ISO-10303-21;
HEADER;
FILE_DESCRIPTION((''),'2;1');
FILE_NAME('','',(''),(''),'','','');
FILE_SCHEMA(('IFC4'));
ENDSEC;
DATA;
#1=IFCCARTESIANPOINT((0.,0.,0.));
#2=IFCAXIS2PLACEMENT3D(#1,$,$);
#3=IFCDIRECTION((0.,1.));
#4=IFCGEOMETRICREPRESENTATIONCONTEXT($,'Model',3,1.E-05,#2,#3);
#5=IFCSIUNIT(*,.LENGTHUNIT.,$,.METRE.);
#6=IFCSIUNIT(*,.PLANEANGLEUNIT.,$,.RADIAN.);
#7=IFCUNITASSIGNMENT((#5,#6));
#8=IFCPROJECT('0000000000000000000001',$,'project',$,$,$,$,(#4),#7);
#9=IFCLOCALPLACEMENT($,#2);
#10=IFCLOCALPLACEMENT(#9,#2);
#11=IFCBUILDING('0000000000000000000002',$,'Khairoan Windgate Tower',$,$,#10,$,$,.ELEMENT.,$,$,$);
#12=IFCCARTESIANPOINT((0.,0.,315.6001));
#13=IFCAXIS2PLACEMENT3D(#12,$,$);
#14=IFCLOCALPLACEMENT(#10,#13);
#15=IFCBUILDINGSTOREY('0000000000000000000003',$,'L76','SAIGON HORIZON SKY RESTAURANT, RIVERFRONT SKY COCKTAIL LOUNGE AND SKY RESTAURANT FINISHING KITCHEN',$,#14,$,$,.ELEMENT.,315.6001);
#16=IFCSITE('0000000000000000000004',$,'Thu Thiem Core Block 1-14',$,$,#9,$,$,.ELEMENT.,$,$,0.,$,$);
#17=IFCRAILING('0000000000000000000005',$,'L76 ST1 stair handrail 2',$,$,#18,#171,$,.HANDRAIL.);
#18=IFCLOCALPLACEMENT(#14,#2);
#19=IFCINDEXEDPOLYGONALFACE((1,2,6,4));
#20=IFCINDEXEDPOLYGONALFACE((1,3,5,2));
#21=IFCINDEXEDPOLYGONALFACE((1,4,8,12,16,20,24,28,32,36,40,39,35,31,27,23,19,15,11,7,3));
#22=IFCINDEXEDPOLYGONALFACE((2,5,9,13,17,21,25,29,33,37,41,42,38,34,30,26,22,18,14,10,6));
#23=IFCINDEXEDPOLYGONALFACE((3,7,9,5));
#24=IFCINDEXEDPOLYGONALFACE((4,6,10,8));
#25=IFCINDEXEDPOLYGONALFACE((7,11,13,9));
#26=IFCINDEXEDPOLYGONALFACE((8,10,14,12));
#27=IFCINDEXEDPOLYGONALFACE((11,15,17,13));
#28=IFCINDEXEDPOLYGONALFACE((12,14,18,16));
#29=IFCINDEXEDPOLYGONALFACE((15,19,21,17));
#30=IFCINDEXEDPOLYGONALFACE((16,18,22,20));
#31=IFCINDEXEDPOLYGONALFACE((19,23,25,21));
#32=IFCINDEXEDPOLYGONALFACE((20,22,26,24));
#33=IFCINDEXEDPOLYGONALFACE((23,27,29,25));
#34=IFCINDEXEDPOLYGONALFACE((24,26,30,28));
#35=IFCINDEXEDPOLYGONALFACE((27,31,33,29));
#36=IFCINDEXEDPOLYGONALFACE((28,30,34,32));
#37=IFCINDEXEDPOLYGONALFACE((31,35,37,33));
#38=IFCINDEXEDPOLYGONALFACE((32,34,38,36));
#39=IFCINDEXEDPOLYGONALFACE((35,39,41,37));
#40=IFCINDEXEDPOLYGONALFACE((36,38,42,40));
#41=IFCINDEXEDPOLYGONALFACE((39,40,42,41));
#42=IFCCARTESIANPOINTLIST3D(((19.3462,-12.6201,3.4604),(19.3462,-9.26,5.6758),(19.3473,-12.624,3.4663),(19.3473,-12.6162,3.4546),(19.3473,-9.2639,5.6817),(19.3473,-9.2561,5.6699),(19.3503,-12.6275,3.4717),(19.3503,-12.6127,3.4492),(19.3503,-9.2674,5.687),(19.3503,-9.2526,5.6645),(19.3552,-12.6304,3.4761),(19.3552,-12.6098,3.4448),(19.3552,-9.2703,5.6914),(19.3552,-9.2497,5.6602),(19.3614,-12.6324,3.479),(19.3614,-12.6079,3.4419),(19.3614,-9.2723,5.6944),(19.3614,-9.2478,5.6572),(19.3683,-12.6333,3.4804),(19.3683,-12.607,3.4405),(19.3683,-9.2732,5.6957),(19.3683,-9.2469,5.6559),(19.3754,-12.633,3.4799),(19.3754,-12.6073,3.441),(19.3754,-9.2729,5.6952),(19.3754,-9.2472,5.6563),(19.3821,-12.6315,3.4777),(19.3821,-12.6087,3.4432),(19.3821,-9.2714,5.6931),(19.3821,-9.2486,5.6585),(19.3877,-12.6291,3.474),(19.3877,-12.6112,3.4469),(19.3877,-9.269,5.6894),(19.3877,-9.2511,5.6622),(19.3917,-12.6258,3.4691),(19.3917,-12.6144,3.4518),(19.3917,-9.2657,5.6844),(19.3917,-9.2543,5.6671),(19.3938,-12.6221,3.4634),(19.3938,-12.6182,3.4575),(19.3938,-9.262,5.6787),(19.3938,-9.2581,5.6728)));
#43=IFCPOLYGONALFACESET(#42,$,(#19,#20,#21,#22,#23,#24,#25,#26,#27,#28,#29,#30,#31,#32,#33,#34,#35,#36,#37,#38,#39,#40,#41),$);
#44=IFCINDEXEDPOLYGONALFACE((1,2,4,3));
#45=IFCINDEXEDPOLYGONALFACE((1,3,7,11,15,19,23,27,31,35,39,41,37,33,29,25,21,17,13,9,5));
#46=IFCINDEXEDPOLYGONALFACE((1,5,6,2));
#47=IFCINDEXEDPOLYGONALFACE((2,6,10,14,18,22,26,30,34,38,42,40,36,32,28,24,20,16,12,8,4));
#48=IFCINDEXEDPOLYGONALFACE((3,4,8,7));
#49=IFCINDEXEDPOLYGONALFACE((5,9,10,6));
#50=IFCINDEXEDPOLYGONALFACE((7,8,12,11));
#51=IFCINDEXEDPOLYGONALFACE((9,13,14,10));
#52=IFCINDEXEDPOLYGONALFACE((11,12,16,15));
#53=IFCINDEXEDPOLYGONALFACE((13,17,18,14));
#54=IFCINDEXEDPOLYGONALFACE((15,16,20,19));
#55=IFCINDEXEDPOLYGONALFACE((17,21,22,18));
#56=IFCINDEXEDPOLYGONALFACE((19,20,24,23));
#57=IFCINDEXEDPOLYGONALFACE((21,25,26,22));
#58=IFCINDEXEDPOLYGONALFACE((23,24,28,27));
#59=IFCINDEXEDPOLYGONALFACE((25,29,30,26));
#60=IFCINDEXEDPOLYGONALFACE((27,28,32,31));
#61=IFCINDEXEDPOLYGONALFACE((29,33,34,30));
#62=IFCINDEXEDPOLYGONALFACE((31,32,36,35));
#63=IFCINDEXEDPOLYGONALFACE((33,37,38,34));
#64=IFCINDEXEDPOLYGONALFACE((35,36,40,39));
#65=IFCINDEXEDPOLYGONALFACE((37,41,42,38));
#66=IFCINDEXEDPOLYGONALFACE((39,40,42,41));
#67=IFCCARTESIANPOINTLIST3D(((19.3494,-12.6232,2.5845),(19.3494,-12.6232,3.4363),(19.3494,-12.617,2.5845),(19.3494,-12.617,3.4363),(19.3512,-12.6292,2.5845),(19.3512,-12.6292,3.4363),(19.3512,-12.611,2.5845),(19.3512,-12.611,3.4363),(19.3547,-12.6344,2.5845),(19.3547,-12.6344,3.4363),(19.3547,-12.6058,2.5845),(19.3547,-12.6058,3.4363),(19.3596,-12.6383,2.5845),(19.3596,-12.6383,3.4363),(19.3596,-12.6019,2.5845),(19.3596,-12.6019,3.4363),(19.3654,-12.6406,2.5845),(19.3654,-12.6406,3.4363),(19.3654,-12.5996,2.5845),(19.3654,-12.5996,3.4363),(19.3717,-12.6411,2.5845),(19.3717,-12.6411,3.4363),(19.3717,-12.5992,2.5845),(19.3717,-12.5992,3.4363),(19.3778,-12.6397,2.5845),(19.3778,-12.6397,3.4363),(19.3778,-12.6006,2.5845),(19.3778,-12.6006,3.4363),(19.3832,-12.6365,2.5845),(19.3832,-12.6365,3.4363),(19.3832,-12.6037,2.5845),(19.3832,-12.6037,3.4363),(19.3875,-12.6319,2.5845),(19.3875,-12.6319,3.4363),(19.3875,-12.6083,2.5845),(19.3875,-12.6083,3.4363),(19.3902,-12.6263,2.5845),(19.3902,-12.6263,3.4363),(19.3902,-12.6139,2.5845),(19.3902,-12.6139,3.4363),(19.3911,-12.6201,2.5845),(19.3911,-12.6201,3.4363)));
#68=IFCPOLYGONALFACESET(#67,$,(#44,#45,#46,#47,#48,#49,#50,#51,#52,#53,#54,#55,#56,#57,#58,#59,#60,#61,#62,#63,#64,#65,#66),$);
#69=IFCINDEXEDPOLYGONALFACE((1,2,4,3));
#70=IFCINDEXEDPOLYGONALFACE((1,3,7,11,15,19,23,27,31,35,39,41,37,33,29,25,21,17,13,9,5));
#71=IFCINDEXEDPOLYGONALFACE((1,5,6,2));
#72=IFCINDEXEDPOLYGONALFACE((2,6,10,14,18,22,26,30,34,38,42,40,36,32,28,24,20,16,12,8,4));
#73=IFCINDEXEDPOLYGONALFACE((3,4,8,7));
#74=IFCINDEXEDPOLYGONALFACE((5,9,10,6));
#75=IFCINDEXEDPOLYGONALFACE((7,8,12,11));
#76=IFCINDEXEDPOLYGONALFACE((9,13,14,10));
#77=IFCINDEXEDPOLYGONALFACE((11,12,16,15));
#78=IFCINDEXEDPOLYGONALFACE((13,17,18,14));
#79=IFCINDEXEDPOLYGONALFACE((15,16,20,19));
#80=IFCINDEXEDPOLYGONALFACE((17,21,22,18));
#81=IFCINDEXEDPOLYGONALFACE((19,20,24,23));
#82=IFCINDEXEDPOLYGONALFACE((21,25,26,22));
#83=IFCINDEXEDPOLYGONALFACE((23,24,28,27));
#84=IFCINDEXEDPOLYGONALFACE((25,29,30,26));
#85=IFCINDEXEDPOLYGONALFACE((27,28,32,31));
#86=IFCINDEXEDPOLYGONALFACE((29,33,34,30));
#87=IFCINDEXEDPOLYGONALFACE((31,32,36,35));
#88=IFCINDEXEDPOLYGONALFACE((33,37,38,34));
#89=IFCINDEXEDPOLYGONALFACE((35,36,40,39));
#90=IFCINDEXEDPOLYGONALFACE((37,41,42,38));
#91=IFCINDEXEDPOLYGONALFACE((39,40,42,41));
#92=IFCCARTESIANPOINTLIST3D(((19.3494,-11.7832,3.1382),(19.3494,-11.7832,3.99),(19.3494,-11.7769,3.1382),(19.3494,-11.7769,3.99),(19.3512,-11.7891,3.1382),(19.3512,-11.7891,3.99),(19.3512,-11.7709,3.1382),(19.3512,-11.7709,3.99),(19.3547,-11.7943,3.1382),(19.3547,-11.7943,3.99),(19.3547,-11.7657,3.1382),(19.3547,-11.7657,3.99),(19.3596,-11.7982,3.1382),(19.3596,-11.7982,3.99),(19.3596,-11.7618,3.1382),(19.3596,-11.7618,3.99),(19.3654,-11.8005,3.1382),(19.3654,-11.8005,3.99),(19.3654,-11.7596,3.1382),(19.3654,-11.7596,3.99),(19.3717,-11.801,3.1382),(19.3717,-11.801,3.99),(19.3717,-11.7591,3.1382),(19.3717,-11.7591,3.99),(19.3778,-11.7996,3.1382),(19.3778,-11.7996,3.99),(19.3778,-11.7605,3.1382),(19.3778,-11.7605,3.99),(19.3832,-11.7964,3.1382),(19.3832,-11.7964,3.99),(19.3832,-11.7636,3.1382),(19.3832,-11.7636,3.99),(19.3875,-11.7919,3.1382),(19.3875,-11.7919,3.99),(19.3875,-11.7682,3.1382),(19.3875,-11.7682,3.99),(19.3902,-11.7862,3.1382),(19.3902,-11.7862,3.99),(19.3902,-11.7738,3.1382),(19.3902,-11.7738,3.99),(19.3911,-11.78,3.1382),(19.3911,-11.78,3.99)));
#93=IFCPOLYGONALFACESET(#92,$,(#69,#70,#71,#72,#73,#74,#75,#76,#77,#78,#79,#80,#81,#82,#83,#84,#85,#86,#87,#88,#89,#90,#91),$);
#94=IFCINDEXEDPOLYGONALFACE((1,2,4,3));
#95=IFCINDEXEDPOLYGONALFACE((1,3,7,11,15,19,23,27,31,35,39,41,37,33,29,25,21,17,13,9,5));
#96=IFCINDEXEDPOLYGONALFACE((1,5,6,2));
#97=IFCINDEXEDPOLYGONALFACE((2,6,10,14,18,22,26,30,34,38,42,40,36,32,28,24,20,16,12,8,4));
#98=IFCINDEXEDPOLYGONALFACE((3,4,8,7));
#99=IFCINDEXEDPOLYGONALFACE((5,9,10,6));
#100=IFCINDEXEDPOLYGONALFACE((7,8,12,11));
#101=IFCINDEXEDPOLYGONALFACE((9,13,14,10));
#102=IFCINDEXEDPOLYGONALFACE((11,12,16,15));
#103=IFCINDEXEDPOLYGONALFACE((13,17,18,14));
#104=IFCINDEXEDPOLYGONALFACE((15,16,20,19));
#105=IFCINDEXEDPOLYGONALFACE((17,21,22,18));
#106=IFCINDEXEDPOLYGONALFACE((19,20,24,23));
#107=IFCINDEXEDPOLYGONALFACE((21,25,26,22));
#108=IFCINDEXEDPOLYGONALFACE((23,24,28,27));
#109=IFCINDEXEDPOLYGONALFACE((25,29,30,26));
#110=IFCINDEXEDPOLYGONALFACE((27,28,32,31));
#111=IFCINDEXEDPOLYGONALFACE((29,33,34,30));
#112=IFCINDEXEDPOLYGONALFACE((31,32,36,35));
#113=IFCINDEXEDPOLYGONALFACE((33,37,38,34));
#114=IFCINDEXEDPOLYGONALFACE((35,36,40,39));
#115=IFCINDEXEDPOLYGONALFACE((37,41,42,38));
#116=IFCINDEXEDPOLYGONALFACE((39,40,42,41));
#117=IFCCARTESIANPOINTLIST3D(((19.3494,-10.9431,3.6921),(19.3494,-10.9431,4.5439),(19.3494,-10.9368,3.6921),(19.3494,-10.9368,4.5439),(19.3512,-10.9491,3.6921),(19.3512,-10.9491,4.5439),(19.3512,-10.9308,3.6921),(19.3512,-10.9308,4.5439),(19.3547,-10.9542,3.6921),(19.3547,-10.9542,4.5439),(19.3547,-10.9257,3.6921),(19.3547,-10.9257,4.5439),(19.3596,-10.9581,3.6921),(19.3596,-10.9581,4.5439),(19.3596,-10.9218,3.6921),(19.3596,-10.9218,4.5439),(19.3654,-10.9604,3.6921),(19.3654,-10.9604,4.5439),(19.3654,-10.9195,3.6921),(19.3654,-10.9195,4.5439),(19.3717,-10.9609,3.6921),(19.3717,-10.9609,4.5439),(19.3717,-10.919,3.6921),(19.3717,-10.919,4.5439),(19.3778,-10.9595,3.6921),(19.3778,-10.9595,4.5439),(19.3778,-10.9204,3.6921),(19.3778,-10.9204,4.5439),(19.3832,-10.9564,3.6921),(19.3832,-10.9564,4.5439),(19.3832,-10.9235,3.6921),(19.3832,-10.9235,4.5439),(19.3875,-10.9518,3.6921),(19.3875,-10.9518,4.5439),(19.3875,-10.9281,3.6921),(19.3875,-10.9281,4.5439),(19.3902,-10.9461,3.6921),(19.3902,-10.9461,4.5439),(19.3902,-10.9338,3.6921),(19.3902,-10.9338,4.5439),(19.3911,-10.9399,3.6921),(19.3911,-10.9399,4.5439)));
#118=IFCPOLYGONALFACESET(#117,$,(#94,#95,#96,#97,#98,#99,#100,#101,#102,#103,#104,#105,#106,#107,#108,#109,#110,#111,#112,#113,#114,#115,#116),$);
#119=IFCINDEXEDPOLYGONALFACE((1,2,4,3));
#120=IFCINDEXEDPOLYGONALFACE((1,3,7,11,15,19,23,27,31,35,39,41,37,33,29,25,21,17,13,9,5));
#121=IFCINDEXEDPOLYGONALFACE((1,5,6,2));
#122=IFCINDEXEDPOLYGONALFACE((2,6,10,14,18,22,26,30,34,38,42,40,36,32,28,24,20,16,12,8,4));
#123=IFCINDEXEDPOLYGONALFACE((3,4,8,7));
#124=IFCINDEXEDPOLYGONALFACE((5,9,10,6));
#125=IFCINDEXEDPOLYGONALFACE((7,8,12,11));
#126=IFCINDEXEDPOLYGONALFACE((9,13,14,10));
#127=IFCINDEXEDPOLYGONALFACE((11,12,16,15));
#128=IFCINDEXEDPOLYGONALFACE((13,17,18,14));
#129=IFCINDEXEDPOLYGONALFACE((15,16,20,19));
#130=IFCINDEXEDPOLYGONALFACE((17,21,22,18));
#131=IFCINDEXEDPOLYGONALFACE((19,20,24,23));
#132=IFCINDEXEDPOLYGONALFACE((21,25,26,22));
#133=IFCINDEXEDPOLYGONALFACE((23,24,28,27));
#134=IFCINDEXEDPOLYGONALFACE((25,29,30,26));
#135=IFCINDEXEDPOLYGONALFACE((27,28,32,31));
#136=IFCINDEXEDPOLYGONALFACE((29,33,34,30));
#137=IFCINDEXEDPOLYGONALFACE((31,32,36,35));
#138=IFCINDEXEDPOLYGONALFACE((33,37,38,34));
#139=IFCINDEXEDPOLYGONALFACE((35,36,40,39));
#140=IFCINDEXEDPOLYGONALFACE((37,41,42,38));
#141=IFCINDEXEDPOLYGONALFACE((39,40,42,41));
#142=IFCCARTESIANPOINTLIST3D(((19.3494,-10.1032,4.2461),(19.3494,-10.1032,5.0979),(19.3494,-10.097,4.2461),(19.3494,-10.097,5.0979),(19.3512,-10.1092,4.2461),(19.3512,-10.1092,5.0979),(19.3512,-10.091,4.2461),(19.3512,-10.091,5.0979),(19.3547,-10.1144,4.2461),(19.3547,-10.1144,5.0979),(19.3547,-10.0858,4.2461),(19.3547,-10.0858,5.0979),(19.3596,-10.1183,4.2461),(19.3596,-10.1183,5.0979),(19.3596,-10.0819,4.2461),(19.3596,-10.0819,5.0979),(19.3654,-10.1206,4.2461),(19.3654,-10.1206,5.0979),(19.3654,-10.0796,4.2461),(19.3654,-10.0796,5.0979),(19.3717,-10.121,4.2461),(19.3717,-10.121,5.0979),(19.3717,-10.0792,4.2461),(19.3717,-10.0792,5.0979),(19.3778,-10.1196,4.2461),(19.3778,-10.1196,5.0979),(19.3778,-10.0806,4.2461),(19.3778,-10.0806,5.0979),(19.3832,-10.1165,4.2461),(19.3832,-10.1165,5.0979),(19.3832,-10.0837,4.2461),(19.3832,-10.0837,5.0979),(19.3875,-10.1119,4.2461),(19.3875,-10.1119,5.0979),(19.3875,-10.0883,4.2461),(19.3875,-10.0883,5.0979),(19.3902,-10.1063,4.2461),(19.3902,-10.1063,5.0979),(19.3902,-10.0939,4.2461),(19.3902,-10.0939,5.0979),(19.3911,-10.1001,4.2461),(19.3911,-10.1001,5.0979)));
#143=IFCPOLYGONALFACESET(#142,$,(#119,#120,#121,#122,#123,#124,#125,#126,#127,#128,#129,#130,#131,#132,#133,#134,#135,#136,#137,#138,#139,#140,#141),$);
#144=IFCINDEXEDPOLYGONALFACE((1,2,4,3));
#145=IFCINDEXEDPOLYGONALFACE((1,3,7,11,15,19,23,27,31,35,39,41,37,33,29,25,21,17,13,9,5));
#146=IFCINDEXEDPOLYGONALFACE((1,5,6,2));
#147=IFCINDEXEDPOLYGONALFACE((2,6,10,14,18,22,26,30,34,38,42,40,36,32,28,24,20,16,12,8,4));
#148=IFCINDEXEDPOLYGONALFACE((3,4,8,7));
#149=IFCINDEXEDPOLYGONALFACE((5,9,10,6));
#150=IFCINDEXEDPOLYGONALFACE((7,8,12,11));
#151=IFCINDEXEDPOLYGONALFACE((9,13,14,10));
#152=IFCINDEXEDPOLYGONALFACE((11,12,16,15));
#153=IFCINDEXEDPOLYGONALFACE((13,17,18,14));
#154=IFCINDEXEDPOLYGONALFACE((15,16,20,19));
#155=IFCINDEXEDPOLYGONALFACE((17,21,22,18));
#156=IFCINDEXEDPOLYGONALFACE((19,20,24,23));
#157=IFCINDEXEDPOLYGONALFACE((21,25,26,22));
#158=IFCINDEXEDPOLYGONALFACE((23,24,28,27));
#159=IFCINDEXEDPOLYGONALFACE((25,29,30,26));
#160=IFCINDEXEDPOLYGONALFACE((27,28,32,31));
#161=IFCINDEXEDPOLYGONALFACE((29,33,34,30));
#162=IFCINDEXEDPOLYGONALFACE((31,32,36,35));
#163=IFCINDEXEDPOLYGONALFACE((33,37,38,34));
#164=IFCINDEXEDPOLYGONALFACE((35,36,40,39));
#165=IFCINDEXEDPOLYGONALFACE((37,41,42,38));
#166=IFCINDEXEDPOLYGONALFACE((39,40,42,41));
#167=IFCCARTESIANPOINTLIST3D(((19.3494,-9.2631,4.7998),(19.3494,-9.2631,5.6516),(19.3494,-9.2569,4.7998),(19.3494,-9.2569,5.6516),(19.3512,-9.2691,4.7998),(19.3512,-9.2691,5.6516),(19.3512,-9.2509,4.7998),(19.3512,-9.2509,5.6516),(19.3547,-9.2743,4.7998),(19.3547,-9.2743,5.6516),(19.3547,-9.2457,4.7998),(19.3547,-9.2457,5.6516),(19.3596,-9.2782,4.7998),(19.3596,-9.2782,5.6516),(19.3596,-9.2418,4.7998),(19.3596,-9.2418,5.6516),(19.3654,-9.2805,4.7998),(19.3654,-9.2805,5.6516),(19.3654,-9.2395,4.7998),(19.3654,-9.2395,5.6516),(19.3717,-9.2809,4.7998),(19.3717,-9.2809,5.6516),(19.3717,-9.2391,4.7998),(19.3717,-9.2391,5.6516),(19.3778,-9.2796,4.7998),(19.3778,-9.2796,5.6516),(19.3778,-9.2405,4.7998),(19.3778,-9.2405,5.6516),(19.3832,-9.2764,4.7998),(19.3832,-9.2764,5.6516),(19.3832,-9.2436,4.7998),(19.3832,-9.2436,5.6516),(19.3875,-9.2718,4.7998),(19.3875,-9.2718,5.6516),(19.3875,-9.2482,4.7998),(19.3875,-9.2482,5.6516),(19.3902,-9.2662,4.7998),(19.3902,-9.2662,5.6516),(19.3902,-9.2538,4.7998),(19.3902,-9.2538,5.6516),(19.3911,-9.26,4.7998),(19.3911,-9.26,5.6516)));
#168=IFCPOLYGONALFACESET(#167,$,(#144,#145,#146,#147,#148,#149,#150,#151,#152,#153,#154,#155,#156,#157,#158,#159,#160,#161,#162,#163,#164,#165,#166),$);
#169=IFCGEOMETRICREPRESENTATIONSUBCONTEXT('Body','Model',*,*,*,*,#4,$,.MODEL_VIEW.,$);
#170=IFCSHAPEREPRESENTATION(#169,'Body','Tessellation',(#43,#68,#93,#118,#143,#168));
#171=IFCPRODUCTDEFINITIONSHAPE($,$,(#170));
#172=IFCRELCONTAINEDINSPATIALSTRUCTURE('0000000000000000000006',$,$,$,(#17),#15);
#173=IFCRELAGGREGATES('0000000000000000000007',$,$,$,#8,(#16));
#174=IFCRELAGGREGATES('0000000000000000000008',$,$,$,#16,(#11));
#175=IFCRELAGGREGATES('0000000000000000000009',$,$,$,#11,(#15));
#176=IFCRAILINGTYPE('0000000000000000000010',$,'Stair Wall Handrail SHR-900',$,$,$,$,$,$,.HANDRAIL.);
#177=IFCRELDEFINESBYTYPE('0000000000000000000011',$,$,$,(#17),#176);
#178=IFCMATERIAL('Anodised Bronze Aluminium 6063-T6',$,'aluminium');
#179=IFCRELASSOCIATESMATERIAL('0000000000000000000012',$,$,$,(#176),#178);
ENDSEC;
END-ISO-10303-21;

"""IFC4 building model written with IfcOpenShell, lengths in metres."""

from ifc_helpers import new_model, si_unit, direction, frame, origin, origin_2d, place, context, subcontext, project, spatial, circle, extrude, material, type_object, element, save


model = new_model("IFC4")

# Units and contexts
model_context = context("Model", 3, precision=1e-05, world=origin(), true_north=direction((0.0, 1.0)))
body_context = subcontext(model_context, "Body", "Model", "MODEL_VIEW")
ifc_project = project(units=[si_unit("LENGTHUNIT", "METRE"), si_unit("PLANEANGLEUNIT", "RADIAN")], contexts=[model_context])

# Site, building, storey
site_placement = place(None, origin())
site = spatial("IfcSite", under=ifc_project, at=site_placement, Name="Thu Thiem Core Block 1-14", CompositionType="ELEMENT", RefElevation=0.0)
building_placement = place(site_placement, origin())
building = spatial("IfcBuilding", under=site, at=building_placement, Name="Khairoan Windgate Tower", CompositionType="ELEMENT")
storey_placement = place(building_placement, frame((0.0, 0.0, 315.6001)))
storey = spatial("IfcBuildingStorey", under=building, at=storey_placement, Name="L76", Description="SAIGON HORIZON SKY RESTAURANT, RIVERFRONT SKY COCKTAIL LOUNGE AND SKY RESTAURANT FINISHING KITCHEN", CompositionType="ELEMENT", Elevation=315.6001)

# Railing
ifc_material_1 = material(Name="Anodised Bronze Aluminium 6063-T6", Category="aluminium")
railing_type_1 = type_object("IfcRailingType", Name="Stair Wall Handrail SHR-900", PredefinedType="HANDRAIL", material=ifc_material_1)
railing_1_placement = place(storey_placement, frame((19.3701, -12.6201, 2.5845)))
element("IfcRailing", 1, at=railing_1_placement, inside=storey, type_object=railing_type_1, Name="L76 ST1 stair handrail 2", PredefinedType="HANDRAIL", context=body_context, shape_type="SweptSolid", body=[
    extrude(circle(Radius=0.0239, at=origin_2d()), frame((0.0, 0.0, 0.876), z_axis=(0.0, 0.834876, 0.550437), x_axis=(-1.0, 0.0, 0.0)), (0.0, 0.0, 1.0), 4.0247),
    extrude(circle(Radius=0.021, at=origin_2d()), origin(), (0.0, 0.0, 1.0), 0.8518),
    extrude(circle(Radius=0.021, at=origin_2d()), frame((0.0, 0.8401, 0.5537)), (0.0, 0.0, 1.0), 0.8518),
    extrude(circle(Radius=0.021, at=origin_2d()), frame((0.0, 1.6802, 1.1077)), (0.0, 0.0, 1.0), 0.8518),
    extrude(circle(Radius=0.021, at=origin_2d()), frame((0.0, 2.52, 1.6616)), (0.0, 0.0, 1.0), 0.8518),
    extrude(circle(Radius=0.021, at=origin_2d()), frame((0.0, 3.3601, 2.2153)), (0.0, 0.0, 1.0), 0.8518),
])

save(model, "model.ifc")
